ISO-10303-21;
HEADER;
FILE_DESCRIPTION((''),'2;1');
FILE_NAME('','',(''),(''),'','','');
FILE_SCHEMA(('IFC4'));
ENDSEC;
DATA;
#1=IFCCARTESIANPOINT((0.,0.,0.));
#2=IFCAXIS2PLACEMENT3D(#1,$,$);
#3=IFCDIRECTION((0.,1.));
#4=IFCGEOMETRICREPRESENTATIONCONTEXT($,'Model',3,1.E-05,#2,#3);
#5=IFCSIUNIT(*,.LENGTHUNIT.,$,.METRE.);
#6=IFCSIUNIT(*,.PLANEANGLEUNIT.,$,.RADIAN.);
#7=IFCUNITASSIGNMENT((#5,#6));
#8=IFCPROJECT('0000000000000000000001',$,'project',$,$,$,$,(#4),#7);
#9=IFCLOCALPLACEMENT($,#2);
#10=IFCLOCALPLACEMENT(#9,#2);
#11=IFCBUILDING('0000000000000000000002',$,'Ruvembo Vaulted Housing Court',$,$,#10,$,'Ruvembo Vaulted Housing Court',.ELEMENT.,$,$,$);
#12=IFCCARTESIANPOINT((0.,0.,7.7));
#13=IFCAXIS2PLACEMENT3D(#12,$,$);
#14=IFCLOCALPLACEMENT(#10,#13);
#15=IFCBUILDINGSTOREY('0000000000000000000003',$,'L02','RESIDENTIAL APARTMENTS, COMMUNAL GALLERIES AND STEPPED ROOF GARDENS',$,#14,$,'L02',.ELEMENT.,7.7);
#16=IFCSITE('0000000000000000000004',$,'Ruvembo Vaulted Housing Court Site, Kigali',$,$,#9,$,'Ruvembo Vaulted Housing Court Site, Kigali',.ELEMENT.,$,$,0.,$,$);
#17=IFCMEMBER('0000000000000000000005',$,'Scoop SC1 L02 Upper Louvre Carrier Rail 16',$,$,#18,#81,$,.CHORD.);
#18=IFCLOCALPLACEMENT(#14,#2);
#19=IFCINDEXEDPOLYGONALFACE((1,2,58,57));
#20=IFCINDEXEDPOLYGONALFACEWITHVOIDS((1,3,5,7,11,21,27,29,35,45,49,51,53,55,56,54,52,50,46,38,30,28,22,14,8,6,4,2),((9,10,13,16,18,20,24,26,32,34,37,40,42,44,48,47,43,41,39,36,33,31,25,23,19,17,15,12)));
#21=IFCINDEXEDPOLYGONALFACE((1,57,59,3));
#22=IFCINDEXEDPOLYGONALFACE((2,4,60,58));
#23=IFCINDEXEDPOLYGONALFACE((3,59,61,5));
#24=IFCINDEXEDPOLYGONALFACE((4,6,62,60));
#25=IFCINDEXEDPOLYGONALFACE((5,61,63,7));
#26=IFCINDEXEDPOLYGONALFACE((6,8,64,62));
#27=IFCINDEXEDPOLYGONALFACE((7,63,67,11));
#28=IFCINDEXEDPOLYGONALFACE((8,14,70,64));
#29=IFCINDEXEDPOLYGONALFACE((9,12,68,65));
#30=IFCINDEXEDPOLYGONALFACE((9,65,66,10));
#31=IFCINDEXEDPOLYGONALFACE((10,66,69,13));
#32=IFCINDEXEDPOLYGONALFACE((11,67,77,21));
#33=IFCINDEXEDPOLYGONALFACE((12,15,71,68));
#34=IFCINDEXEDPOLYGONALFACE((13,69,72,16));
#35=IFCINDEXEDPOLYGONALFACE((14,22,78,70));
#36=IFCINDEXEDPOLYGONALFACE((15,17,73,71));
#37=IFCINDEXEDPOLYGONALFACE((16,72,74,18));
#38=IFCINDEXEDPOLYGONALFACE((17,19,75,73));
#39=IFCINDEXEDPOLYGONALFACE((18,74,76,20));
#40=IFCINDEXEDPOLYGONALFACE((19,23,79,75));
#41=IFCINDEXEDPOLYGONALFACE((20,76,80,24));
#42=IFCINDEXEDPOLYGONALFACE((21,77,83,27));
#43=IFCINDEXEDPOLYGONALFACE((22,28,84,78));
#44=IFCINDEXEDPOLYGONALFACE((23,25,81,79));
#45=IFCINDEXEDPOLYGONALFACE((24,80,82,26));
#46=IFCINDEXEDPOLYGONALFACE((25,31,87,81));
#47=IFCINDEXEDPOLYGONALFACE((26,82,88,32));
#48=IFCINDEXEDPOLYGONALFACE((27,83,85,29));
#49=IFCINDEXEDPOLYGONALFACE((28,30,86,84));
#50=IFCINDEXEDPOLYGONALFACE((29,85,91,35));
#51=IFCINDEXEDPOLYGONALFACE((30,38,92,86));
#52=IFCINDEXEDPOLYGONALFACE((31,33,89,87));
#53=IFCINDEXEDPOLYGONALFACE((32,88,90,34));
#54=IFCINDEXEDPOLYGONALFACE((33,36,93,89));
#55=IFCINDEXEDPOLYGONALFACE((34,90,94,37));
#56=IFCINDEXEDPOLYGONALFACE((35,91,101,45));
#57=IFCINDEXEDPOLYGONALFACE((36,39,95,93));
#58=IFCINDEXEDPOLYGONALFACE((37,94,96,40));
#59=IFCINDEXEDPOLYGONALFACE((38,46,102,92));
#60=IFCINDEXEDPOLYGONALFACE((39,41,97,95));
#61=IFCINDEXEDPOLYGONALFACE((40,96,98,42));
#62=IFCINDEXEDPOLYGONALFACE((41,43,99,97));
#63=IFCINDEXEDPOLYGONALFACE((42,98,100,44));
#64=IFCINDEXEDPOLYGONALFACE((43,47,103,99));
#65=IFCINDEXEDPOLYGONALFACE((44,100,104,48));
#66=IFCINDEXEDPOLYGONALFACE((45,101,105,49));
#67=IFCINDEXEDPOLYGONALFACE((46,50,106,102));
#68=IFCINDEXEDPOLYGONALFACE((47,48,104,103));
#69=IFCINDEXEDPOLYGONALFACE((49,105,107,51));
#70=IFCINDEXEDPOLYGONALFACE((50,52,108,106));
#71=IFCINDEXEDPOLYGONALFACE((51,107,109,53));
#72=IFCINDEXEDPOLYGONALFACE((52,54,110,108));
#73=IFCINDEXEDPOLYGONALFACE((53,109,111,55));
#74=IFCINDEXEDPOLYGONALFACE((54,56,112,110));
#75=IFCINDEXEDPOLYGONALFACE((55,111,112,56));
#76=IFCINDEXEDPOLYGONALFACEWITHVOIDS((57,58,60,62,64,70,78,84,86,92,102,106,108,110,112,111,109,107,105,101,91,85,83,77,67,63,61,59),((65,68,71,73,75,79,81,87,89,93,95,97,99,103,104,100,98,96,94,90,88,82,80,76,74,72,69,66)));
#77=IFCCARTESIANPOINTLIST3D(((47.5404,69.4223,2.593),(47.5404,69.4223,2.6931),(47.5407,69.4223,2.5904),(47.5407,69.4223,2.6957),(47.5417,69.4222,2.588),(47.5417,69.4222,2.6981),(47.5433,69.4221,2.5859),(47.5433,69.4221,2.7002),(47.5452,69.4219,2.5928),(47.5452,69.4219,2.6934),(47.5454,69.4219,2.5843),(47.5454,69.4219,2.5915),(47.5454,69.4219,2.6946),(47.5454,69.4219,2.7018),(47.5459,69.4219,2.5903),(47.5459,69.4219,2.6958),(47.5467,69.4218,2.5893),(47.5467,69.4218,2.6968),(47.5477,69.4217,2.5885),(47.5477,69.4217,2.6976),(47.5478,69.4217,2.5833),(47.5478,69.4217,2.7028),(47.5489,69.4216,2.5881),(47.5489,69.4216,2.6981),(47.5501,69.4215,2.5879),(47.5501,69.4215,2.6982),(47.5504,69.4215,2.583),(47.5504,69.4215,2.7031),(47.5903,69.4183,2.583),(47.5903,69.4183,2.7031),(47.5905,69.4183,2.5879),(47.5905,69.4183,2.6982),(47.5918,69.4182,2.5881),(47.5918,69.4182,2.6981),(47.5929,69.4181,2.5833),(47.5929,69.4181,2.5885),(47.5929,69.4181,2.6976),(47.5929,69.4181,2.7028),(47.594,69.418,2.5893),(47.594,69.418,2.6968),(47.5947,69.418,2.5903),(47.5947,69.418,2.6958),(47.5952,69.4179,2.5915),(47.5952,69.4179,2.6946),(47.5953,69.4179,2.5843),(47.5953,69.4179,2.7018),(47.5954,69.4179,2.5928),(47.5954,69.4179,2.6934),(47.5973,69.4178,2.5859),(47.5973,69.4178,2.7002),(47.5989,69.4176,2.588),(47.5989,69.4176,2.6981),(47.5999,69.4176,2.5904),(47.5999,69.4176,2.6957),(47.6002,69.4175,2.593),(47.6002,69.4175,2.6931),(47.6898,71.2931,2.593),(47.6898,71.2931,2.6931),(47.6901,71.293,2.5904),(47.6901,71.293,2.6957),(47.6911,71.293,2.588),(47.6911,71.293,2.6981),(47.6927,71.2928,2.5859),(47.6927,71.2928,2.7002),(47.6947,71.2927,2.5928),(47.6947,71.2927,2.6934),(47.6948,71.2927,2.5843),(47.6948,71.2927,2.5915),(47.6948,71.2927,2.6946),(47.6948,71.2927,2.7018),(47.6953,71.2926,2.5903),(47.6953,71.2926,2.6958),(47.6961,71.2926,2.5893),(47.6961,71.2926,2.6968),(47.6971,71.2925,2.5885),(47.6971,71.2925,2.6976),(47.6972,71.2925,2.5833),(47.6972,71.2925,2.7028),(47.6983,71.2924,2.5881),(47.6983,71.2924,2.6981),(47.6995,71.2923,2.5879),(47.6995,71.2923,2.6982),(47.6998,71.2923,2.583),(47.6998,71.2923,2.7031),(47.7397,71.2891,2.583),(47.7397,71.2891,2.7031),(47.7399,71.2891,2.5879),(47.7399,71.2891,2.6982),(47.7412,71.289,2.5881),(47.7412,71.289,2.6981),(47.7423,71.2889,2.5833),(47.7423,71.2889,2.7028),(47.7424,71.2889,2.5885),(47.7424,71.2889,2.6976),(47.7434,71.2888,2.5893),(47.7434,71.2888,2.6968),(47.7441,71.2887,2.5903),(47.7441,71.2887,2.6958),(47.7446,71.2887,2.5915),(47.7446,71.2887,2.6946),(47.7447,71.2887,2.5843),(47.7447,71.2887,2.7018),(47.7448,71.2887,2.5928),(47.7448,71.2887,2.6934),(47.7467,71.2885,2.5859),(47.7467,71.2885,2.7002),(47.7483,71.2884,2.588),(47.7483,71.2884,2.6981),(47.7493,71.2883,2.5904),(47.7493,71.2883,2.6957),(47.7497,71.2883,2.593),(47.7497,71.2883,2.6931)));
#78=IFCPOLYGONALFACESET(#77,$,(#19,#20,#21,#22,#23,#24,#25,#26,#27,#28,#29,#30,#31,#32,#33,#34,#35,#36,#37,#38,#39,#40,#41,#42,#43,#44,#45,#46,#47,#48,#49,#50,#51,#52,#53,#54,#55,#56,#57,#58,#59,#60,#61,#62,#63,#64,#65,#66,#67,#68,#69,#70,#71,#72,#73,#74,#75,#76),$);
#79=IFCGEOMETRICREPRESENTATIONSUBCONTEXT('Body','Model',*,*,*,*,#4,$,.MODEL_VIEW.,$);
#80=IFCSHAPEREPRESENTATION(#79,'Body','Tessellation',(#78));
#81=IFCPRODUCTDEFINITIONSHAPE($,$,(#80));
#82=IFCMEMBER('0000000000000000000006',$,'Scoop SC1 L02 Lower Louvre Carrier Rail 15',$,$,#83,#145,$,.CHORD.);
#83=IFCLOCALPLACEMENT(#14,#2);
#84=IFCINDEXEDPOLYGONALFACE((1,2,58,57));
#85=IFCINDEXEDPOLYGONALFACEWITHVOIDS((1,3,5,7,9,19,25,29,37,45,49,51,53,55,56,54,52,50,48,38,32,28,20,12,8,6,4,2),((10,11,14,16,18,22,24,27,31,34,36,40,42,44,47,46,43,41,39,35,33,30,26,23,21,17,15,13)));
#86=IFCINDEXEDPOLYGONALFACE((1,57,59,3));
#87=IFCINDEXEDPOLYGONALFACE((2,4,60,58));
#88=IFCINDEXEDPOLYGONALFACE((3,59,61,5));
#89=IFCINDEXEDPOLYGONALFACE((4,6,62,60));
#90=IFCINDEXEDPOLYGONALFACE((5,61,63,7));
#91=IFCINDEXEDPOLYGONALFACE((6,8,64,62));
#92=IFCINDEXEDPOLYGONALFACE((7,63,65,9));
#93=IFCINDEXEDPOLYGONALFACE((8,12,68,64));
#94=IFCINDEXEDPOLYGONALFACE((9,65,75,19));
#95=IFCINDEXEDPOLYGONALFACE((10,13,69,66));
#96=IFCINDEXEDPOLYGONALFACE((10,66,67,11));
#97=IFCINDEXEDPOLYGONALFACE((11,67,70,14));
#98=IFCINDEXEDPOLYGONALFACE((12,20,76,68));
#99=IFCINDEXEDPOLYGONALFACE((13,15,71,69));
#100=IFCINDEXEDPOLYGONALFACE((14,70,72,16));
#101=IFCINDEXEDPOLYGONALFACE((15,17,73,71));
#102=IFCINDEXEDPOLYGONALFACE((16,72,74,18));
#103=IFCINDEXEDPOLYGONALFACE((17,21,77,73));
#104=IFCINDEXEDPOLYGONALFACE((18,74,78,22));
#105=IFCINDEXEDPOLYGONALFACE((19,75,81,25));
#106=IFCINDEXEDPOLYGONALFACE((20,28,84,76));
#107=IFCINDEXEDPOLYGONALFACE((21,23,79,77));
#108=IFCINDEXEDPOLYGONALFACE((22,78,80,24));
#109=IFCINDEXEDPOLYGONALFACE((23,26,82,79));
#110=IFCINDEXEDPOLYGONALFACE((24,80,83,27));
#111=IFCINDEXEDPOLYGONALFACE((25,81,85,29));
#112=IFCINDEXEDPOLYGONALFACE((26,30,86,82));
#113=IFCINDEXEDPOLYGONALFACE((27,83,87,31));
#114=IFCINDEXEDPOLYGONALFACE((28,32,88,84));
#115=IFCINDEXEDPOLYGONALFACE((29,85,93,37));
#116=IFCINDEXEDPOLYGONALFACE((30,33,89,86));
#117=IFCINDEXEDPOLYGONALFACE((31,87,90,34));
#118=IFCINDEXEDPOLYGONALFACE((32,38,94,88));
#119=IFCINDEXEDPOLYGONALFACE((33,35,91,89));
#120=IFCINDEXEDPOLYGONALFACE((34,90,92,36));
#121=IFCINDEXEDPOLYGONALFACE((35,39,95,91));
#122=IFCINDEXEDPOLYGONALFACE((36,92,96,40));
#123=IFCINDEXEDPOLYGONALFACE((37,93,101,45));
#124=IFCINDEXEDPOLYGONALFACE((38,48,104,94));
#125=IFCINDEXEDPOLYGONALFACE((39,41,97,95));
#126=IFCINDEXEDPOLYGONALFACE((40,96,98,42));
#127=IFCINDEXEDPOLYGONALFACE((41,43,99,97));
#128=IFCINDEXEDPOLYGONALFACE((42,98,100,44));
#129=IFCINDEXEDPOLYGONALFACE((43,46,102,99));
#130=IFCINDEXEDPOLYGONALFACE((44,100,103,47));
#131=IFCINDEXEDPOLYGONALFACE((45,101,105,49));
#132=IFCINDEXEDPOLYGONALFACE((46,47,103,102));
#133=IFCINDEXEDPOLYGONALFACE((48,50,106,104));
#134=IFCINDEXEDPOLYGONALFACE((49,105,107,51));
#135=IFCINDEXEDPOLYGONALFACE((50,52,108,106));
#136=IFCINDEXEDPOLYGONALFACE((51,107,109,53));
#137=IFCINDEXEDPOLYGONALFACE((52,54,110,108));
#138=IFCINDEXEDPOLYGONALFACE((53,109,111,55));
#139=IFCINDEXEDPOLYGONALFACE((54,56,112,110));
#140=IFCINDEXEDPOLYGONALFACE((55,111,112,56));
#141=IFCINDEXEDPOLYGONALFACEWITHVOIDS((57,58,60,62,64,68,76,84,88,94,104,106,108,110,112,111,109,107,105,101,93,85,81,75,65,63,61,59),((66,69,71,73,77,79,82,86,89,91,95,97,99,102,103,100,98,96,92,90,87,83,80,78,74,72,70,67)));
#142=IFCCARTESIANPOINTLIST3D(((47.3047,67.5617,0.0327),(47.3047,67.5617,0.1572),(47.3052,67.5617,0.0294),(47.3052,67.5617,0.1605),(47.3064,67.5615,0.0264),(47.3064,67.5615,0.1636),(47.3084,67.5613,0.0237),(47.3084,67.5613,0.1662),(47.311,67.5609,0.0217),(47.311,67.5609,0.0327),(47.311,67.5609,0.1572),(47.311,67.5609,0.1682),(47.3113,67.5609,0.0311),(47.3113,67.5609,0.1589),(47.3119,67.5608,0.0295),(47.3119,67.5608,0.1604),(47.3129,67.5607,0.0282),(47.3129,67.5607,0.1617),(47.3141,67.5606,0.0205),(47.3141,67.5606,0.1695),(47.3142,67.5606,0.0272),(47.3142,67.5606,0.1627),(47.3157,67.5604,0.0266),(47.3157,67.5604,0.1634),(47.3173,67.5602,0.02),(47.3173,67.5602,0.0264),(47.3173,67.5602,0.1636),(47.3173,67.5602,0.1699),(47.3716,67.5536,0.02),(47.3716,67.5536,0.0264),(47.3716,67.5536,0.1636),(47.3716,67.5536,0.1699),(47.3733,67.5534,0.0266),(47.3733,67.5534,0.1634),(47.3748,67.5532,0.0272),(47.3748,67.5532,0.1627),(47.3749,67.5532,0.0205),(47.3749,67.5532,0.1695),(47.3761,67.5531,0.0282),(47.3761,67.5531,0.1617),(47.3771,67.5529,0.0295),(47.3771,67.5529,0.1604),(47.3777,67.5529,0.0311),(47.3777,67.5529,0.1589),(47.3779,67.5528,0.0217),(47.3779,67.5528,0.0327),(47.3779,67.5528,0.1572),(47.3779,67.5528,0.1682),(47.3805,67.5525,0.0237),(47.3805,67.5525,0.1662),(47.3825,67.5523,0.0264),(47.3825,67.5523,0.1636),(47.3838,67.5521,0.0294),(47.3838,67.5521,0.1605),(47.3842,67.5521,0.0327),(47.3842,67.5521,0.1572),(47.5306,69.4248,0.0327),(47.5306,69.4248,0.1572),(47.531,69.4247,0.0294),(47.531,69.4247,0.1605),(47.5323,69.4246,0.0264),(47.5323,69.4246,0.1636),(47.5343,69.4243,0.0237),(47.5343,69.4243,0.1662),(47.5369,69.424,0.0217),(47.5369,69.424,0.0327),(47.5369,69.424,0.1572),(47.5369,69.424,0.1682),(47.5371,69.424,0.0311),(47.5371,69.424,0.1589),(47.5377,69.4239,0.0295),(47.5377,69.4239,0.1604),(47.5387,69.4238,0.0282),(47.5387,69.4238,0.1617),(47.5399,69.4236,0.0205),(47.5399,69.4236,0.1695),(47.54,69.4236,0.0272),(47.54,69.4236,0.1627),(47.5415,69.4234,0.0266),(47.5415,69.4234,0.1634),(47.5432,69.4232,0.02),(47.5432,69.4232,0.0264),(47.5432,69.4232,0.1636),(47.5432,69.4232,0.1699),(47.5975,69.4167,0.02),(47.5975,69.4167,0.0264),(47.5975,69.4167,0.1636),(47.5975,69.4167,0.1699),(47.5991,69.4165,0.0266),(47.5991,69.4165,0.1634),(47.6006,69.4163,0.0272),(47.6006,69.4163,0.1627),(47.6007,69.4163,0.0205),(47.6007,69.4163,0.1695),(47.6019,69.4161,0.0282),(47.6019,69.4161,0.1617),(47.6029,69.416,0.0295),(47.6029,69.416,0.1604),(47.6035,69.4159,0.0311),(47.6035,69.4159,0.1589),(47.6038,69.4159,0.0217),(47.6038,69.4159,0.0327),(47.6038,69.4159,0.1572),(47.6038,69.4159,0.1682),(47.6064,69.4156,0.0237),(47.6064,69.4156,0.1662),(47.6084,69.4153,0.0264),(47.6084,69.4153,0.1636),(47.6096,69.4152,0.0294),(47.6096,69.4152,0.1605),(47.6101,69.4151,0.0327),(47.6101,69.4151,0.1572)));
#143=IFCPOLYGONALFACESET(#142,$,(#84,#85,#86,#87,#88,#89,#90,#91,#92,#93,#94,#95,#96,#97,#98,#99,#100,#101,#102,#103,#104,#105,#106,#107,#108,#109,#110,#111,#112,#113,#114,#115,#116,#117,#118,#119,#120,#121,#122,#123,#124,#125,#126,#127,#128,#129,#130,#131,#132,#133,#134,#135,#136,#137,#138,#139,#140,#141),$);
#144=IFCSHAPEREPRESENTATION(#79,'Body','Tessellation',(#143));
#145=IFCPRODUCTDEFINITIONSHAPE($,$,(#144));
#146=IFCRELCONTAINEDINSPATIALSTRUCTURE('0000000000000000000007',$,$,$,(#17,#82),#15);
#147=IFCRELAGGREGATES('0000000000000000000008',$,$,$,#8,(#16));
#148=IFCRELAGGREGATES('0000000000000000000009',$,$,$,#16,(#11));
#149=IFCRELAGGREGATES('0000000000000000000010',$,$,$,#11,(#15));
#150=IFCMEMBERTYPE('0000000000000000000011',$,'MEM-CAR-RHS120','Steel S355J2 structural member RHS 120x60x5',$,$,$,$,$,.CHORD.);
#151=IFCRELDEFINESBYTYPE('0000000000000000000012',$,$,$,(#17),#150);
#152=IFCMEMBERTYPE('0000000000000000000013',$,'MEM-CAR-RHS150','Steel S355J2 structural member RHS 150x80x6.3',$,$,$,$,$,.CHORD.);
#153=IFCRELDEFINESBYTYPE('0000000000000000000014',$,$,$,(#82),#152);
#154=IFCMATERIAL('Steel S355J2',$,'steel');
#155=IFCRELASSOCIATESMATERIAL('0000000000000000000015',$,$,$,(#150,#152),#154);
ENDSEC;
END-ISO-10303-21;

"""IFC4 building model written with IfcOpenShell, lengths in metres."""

from ifc_helpers import new_model, si_unit, direction, frame, origin, origin_2d, place, context, subcontext, project, spatial, hollow_rectangle, extrude, material, material_profile, profile_set, type_object, element, save


model = new_model("IFC4")

# Units and contexts
model_context = context("Model", 3, precision=1e-05, world=origin(), true_north=direction((0.0, 1.0)))
body_context = subcontext(model_context, "Body", "Model", "MODEL_VIEW")
ifc_project = project(units=[si_unit("LENGTHUNIT", "METRE"), si_unit("PLANEANGLEUNIT", "RADIAN")], contexts=[model_context])

# Site, building, storey
site_placement = place(None, origin())
site = spatial("IfcSite", under=ifc_project, at=site_placement, Name="Ruvembo Vaulted Housing Court Site, Kigali", LongName="Ruvembo Vaulted Housing Court Site, Kigali", CompositionType="ELEMENT", RefElevation=0.0)
building_placement = place(site_placement, origin())
building = spatial("IfcBuilding", under=site, at=building_placement, Name="Ruvembo Vaulted Housing Court", LongName="Ruvembo Vaulted Housing Court", CompositionType="ELEMENT")
storey_placement = place(building_placement, frame((0.0, 0.0, 7.7)))
storey = spatial("IfcBuildingStorey", under=building, at=storey_placement, Name="L02", Description="RESIDENTIAL APARTMENTS, COMMUNAL GALLERIES AND STEPPED ROOF GARDENS", LongName="L02", CompositionType="ELEMENT", Elevation=7.7)

# Shared definitions
ifc_material_1 = material(Name="Steel S355J2", Category="steel")

# Members
ifc_material_profile_1 = material_profile(ifc_material_1, hollow_rectangle(XDim=0.0601, YDim=0.1201, WallThickness=0.0049, InnerFilletRadius=0.0049, OuterFilletRadius=0.01, at=origin_2d()), Name="RHS 120x60x5")
ifc_profile_set_1 = profile_set([ifc_material_profile_1], Name="Steel S355J2")
member_type_1 = type_object("IfcMemberType", Name="MEM-CAR-RHS120", Description="Steel S355J2 structural member RHS 120x60x5", PredefinedType="CHORD", material=ifc_profile_set_1)
for number, where, z_axis, x_axis, name in (
    (1, (47.5703, 69.4199, 2.6431), (0.079611, 0.996826, 0.0), (-0.996826, 0.079611, 0.0), "Scoop SC1 L02 Upper Louvre Carrier Rail 16"),
):
    element("IfcMember", number, at=place(storey_placement, frame(where, z_axis=z_axis, x_axis=x_axis)), inside=storey, type_object=member_type_1, Name=name, PredefinedType="CHORD", context=body_context, shape_type="SweptSolid", body=[
        extrude(hollow_rectangle(XDim=0.0601, YDim=0.1201, WallThickness=0.0049, InnerFilletRadius=0.0049, OuterFilletRadius=0.01, at=origin_2d()), origin(), (0.0, 0.0, 1.0), 1.8767),
    ])
ifc_material_profile_2 = material_profile(ifc_material_1, hollow_rectangle(XDim=0.0801, YDim=0.1499, WallThickness=0.0063, InnerFilletRadius=0.0063, OuterFilletRadius=0.0127, at=origin_2d()), Name="RHS 150x80x6.3")
ifc_profile_set_2 = profile_set([ifc_material_profile_2], Name="Steel S355J2")
member_type_2 = type_object("IfcMemberType", Name="MEM-CAR-RHS150", Description="Steel S355J2 structural member RHS 150x80x6.3", PredefinedType="CHORD", material=ifc_profile_set_2)
for number, where, z_axis, x_axis, name in (
    (2, (47.3445, 67.5569, 0.095), (0.120335, 0.992733, 0.0), (-0.992733, 0.120335, 0.0), "Scoop SC1 L02 Lower Louvre Carrier Rail 15"),
):
    element("IfcMember", number, at=place(storey_placement, frame(where, z_axis=z_axis, x_axis=x_axis)), inside=storey, type_object=member_type_2, Name=name, PredefinedType="CHORD", context=body_context, shape_type="SweptSolid", body=[
        extrude(hollow_rectangle(XDim=0.0801, YDim=0.1499, WallThickness=0.0063, InnerFilletRadius=0.0063, OuterFilletRadius=0.0127, at=origin_2d()), origin(), (0.0, 0.0, 1.0), 1.8767),
    ])

save(model, "model.ifc")
